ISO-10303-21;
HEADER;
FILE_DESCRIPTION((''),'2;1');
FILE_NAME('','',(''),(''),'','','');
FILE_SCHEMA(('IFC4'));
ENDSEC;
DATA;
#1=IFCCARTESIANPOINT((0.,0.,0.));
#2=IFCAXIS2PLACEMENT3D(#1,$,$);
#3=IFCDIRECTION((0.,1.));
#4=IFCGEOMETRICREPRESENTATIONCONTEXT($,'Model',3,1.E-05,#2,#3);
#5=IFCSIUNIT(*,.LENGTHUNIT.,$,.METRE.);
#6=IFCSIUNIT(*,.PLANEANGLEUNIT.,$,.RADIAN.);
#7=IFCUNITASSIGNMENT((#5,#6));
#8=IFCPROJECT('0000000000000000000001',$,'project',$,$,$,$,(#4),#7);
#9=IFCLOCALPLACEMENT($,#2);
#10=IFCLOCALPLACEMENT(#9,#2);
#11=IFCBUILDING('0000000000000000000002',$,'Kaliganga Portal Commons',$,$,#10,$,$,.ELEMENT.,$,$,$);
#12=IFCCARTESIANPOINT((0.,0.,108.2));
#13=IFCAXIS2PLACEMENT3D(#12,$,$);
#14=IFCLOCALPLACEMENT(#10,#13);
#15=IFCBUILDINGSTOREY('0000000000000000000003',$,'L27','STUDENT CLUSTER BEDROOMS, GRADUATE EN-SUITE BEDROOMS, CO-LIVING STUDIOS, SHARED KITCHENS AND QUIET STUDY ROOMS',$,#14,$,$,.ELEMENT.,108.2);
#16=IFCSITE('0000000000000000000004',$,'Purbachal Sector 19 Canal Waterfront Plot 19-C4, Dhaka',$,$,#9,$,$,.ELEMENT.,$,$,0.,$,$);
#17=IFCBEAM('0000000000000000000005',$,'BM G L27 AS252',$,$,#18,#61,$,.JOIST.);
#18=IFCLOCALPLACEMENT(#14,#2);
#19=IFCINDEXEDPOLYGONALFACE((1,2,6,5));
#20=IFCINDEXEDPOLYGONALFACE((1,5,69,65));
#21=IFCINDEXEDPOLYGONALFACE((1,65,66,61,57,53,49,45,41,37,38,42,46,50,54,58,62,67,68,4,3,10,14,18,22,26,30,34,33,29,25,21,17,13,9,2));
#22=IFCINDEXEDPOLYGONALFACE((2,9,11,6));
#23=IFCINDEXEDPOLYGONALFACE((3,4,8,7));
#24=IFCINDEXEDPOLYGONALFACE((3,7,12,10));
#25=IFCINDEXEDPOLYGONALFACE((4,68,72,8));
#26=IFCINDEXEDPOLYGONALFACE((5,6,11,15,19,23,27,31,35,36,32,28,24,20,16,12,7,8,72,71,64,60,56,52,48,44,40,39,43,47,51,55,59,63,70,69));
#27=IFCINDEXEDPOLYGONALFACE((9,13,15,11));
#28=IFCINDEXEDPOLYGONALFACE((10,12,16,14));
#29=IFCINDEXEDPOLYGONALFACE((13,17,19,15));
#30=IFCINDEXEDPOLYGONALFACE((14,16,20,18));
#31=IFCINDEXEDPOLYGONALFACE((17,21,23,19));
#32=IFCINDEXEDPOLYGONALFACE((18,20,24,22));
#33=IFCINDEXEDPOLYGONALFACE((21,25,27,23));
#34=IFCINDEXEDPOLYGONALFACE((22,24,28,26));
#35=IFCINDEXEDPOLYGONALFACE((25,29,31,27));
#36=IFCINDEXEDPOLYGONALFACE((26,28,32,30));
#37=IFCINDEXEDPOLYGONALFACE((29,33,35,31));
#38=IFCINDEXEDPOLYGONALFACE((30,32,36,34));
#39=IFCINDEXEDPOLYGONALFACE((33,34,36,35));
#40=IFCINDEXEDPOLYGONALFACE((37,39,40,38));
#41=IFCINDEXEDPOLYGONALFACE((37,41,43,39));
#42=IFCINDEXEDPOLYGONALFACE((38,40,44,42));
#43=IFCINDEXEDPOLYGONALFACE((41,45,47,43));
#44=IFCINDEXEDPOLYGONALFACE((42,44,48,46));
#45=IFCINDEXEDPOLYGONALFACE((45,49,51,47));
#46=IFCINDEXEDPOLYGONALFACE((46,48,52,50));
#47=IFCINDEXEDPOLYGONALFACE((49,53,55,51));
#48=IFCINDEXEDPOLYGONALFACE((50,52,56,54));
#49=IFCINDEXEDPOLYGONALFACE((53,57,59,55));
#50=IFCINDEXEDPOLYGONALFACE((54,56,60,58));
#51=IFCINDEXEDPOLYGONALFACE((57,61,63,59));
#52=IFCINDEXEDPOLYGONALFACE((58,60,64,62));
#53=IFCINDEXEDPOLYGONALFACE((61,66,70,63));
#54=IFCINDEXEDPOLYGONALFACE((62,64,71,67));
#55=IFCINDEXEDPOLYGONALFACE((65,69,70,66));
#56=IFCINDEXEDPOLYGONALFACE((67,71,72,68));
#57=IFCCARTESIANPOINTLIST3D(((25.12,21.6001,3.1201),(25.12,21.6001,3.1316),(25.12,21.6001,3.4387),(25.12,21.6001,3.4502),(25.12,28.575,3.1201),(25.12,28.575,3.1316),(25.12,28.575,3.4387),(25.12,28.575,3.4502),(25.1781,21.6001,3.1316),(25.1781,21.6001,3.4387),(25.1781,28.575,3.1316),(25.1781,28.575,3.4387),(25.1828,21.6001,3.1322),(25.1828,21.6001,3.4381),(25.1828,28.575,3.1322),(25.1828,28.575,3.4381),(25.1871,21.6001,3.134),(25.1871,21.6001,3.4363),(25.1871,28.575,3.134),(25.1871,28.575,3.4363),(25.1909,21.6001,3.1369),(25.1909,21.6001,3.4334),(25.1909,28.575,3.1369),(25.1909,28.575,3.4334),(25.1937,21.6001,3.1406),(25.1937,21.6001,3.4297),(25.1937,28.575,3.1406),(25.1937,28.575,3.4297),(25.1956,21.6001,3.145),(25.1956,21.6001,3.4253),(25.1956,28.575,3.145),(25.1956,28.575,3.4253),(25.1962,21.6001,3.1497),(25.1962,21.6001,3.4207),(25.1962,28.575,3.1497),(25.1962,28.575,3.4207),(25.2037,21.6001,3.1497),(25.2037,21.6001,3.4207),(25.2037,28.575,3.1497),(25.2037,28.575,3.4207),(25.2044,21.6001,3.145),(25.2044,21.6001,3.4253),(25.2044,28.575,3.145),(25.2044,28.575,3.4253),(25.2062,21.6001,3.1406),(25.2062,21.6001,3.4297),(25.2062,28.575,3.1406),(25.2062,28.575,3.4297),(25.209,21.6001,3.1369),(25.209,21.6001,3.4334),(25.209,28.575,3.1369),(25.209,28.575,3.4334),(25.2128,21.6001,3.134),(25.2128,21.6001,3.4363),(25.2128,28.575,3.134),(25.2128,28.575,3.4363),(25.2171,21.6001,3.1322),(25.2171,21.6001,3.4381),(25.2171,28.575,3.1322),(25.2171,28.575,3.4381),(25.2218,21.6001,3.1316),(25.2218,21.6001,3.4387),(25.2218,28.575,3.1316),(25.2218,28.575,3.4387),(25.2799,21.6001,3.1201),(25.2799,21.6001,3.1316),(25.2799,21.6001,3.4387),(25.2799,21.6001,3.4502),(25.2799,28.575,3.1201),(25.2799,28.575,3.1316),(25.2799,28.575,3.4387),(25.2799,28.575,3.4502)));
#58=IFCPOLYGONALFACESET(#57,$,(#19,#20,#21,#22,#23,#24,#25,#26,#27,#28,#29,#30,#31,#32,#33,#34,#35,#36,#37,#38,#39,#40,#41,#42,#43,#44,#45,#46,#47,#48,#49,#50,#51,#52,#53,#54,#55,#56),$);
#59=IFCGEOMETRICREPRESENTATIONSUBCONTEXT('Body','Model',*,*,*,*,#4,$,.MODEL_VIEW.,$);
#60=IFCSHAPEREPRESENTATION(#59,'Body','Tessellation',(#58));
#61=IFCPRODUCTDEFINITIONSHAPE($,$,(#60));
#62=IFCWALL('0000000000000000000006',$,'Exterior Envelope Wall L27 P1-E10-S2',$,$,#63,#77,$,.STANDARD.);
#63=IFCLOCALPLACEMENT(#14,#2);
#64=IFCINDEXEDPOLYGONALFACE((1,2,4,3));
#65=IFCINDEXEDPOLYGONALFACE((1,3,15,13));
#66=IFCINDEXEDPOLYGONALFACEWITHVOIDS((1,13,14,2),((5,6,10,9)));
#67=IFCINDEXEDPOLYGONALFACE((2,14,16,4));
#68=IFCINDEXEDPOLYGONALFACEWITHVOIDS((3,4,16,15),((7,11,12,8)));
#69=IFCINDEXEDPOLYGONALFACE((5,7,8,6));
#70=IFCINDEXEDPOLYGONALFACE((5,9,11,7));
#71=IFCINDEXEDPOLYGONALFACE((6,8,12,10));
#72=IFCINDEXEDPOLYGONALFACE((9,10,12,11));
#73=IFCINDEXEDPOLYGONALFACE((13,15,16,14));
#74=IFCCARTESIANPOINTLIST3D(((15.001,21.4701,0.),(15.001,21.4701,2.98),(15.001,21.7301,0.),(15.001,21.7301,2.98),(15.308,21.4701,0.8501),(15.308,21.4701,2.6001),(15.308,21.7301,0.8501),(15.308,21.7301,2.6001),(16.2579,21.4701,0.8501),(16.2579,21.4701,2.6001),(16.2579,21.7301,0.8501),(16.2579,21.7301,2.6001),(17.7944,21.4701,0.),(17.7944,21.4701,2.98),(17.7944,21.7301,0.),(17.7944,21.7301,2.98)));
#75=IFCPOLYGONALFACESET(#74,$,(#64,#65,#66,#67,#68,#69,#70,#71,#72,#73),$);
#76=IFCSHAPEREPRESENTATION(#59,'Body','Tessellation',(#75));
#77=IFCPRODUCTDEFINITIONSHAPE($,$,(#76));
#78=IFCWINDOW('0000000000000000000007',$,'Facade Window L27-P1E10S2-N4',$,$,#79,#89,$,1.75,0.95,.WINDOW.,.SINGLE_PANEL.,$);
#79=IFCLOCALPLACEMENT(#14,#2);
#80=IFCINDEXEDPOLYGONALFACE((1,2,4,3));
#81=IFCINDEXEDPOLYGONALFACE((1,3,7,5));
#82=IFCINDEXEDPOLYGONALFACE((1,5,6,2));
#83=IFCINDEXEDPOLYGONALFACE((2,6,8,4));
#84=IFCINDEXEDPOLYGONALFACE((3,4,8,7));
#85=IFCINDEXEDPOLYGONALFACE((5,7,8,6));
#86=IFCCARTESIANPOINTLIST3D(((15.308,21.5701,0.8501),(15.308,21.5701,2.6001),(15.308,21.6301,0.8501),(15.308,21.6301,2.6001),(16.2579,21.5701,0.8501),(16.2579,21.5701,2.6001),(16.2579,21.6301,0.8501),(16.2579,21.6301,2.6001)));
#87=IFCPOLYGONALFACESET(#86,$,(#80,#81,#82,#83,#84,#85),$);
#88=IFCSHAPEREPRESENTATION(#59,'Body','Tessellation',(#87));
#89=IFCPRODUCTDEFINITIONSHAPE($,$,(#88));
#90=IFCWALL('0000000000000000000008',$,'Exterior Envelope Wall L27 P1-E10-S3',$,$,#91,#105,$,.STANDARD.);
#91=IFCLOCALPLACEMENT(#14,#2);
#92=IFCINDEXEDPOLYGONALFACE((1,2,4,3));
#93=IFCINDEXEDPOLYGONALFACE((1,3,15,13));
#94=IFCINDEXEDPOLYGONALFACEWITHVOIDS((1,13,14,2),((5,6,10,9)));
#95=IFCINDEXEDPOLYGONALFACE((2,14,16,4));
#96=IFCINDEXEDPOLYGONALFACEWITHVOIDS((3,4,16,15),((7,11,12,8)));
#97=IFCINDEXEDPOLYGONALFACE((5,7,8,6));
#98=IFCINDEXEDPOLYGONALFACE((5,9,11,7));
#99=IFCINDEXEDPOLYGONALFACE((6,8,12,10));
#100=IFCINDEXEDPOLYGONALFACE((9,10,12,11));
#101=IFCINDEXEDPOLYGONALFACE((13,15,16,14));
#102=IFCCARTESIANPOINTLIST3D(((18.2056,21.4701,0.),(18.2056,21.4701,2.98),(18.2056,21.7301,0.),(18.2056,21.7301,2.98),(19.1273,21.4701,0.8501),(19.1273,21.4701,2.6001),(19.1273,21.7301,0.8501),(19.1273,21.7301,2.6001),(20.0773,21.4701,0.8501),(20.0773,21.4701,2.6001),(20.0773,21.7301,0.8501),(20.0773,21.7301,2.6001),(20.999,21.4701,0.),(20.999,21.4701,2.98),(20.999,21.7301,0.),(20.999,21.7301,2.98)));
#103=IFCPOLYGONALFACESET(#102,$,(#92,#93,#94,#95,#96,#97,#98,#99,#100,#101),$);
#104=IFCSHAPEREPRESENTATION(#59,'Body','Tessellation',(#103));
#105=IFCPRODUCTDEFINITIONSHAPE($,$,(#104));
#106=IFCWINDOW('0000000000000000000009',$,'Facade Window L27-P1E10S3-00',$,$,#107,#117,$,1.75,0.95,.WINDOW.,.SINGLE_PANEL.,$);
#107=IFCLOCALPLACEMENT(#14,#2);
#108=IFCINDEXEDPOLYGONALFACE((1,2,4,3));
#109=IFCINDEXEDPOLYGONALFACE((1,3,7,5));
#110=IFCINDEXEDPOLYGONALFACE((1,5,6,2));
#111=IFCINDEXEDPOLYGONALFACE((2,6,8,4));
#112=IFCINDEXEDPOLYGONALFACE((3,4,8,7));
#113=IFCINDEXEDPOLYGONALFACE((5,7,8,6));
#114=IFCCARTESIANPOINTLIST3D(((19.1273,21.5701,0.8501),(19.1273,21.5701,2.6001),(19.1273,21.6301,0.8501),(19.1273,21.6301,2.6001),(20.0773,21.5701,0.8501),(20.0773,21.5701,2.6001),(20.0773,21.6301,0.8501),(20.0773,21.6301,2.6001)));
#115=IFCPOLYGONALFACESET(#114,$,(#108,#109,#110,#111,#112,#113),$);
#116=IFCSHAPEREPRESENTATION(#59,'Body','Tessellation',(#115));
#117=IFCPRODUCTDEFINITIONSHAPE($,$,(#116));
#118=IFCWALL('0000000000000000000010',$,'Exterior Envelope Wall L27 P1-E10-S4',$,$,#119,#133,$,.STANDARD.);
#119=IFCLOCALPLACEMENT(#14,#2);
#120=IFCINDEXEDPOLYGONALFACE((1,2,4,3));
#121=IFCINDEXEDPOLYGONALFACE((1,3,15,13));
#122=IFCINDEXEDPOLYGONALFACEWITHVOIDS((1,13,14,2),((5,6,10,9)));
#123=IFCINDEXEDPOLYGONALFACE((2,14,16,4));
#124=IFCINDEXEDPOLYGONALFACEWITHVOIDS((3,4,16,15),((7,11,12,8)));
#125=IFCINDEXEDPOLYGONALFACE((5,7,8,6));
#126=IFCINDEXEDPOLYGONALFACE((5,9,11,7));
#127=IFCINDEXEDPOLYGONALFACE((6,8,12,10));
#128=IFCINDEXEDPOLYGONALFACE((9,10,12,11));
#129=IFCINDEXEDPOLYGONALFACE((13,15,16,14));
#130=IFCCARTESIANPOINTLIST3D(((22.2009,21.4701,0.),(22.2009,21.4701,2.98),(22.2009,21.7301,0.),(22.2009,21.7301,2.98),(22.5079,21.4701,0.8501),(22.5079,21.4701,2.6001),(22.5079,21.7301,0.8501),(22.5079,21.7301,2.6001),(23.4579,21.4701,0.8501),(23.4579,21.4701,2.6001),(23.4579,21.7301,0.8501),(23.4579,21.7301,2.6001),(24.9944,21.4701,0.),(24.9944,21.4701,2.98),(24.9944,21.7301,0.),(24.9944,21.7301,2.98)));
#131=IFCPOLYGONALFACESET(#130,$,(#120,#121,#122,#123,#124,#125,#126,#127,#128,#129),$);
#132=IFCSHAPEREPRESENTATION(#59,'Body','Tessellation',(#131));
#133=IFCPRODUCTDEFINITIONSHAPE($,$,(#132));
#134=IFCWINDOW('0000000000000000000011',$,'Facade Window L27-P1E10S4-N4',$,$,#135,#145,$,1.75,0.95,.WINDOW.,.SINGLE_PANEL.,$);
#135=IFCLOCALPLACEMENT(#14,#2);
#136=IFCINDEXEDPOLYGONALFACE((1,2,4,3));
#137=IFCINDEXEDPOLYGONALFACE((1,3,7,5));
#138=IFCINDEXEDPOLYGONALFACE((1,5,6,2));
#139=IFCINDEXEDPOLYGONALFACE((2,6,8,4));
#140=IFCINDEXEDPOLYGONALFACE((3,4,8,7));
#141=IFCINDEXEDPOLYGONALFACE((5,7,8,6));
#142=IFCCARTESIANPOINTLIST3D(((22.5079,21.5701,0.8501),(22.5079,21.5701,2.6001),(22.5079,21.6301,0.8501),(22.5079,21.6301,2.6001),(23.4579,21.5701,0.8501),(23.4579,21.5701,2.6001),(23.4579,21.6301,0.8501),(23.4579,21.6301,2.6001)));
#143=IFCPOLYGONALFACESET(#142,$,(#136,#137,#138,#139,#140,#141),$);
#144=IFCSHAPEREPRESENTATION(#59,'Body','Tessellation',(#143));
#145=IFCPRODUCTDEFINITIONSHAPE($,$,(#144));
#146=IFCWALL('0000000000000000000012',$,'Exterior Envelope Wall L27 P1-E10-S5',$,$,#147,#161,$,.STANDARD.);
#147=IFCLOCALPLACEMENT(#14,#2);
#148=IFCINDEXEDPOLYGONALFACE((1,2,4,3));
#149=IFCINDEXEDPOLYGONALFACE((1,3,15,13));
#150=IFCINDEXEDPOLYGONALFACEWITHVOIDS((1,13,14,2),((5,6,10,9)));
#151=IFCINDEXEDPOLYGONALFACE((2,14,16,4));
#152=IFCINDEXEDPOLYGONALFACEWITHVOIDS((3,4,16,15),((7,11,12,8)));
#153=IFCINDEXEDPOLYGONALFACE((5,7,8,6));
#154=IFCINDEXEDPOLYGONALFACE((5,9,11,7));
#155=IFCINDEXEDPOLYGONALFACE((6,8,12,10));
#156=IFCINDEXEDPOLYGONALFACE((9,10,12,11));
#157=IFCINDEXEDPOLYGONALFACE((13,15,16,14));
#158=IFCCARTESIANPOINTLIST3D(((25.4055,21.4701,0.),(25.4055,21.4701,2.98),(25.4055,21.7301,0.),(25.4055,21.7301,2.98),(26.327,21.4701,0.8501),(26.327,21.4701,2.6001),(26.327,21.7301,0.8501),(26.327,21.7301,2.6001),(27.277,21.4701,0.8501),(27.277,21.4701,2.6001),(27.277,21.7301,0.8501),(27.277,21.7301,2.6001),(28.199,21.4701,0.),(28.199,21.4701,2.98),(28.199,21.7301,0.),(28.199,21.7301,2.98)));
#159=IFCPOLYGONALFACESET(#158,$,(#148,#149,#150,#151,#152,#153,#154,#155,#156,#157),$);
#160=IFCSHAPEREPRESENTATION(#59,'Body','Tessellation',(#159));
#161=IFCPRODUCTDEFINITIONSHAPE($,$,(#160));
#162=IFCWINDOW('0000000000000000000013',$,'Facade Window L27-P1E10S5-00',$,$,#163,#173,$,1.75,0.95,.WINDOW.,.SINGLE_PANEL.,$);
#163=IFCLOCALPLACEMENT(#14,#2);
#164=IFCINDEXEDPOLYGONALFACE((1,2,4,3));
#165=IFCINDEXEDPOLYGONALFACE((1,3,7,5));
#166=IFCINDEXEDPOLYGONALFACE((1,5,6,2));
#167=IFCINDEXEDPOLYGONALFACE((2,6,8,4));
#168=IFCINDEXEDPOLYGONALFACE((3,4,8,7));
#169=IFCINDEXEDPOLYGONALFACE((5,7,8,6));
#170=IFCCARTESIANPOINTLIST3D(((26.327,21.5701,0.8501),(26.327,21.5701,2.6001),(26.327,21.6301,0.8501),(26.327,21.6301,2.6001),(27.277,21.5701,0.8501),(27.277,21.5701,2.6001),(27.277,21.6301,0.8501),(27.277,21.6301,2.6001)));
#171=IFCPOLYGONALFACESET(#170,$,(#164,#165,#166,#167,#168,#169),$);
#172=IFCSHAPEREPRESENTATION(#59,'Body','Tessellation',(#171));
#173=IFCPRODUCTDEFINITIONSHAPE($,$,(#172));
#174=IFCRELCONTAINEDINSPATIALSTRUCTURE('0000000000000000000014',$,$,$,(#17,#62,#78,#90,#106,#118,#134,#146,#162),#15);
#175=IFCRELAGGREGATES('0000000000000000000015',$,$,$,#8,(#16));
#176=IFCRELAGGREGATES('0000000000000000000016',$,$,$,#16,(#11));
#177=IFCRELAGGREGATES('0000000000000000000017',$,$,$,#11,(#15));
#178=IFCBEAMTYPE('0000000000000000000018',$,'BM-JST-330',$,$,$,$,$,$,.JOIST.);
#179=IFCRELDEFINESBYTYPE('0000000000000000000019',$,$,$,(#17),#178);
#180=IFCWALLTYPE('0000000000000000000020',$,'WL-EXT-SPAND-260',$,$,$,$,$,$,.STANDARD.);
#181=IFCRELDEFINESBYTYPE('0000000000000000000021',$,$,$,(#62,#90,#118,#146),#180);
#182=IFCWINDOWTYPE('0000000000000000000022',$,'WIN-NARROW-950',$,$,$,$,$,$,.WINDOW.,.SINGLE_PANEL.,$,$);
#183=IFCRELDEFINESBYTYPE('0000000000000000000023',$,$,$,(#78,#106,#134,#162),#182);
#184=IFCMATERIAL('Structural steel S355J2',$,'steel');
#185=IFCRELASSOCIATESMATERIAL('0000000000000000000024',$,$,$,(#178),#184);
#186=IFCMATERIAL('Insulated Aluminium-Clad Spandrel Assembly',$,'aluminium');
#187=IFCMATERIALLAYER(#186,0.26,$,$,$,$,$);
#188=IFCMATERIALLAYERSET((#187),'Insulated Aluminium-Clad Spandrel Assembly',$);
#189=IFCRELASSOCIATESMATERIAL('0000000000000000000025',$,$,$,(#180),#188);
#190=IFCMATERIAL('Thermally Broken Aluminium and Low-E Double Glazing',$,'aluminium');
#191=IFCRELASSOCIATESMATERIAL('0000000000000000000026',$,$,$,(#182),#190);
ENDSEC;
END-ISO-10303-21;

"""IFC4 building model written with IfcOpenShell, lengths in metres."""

from ifc_helpers import new_model, si_unit, direction, frame, frame_2d, origin, origin_2d, place, context, subcontext, project, spatial, rectangle, i_section, extrude, source, transform, mapped, material, layer, layer_set, material_profile, profile_set, type_object, element, fill, save


model = new_model("IFC4")

# Units and contexts
model_context = context("Model", 3, precision=1e-05, world=origin(), true_north=direction((0.0, 1.0)))
body_context = subcontext(model_context, "Body", "Model", "MODEL_VIEW")
ifc_project = project(units=[si_unit("LENGTHUNIT", "METRE"), si_unit("PLANEANGLEUNIT", "RADIAN")], contexts=[model_context])

# Site, building, storey
site_placement = place(None, origin())
site = spatial("IfcSite", under=ifc_project, at=site_placement, Name="Purbachal Sector 19 Canal Waterfront Plot 19-C4, Dhaka", CompositionType="ELEMENT", RefElevation=0.0)
building_placement = place(site_placement, origin())
building = spatial("IfcBuilding", under=site, at=building_placement, Name="Kaliganga Portal Commons", CompositionType="ELEMENT")
storey_placement = place(building_placement, frame((0.0, 0.0, 108.2)))
storey = spatial("IfcBuildingStorey", under=building, at=storey_placement, Name="L27", Description="STUDENT CLUSTER BEDROOMS, GRADUATE EN-SUITE BEDROOMS, CO-LIVING STUDIOS, SHARED KITCHENS AND QUIET STUDY ROOMS", CompositionType="ELEMENT", Elevation=108.2)

# Beam
ifc_material_1 = material(Name="Structural steel S355J2", Category="steel")
ifc_material_profile_1 = material_profile(ifc_material_1, i_section(OverallWidth=0.1599, OverallDepth=0.3301, WebThickness=0.0076, FlangeThickness=0.0115, FilletRadius=0.0181, at=origin_2d()), Name="IPE 330")
ifc_profile_set_1 = profile_set([ifc_material_profile_1], Name="Structural steel S355J2 wide-flange")
beam_type_1 = type_object("IfcBeamType", Name="BM-JST-330", PredefinedType="JOIST", material=ifc_profile_set_1)
shared_shape_1 = source(origin(), body_context, "Body", "SweptSolid", [
    extrude(i_section(OverallWidth=0.1599, OverallDepth=0.3301, WebThickness=0.0076, FlangeThickness=0.0115, FilletRadius=0.0181, at=origin_2d()), origin(), (0.0, 0.0, 1.0), 6.9749),
])
for number, where, z_axis, x_axis, name in (
    (1, (25.2, 21.6001, 3.2852), (0.0, 1.0, 0.0), (-1.0, 0.0, 0.0), "BM G L27 AS252"),
):
    element("IfcBeam", number, at=place(storey_placement, frame(where, z_axis=z_axis, x_axis=x_axis)), inside=storey, type_object=beam_type_1, Name=name, PredefinedType="JOIST", context=body_context, shape_type="MappedRepresentation", body=[
        mapped(shared_shape_1, transform((0.0, 0.0, 0.0), x_axis=(1.0, 0.0, 0.0), y_axis=(0.0, 1.0, 0.0), z_axis=(0.0, 0.0, 1.0), scale=1.0)),
    ])

# Walls, openings, windows
ifc_material_2 = material(Name="Insulated Aluminium-Clad Spandrel Assembly", Category="aluminium")
ifc_layer_1 = layer(ifc_material_2, 0.26)
ifc_layer_set_1 = layer_set([ifc_layer_1], Name="Insulated Aluminium-Clad Spandrel Assembly")
wall_type_1 = type_object("IfcWallType", Name="WL-EXT-SPAND-260", PredefinedType="STANDARD", material=ifc_layer_set_1)
wall_1_placement = place(storey_placement, frame((17.7944, 21.6001, 0.0), z_axis=(0.0, 0.0, 1.0), x_axis=(-1.0, 0.0, 0.0)))
wall_1 = element("IfcWall", 2, at=wall_1_placement, inside=storey, type_object=wall_type_1, Name="Exterior Envelope Wall L27 P1-E10-S2", PredefinedType="STANDARD", context=body_context, shape_type="SweptSolid", body=[
    extrude(rectangle(XDim=2.7935, YDim=0.26, at=frame_2d((1.3967, 0.0))), origin(), (0.0, 0.0, 1.0), 2.98),
])
opening_1_placement = place(wall_1_placement, frame((1.5364, 0.0, 0.8501)))
opening_1 = element("IfcOpeningElement", 3, at=opening_1_placement, cuts=wall_1, PredefinedType="OPENING", context=body_context, shape_type="SweptSolid", body=[
    extrude(rectangle(XDim=0.95, YDim=1.75, at=frame_2d((0.4751, 0.875))), frame((0.0, 0.1401, 0.0), z_axis=(0.0, -1.0, 0.0), x_axis=(1.0, 0.0, 0.0)), (0.0, 0.0, 1.0), 0.28),
])
ifc_material_3 = material(Name="Thermally Broken Aluminium and Low-E Double Glazing", Category="aluminium")
window_type = type_object("IfcWindowType", Name="WIN-NARROW-950", PartitioningType="SINGLE_PANEL", PredefinedType="WINDOW", material=ifc_material_3)
window_1_placement = place(opening_1_placement, origin())
window_1 = element("IfcWindow", 4, at=window_1_placement, inside=storey, type_object=window_type, Name="Facade Window L27-P1E10S2-N4", OverallHeight=1.75, OverallWidth=0.95, PartitioningType="SINGLE_PANEL", PredefinedType="WINDOW", context=body_context, shape_type="SweptSolid", body=[
    extrude(rectangle(XDim=0.95, YDim=1.75, at=frame_2d((0.4751, 0.875))), frame((0.0, 0.03, 0.0), z_axis=(0.0, -1.0, 0.0), x_axis=(1.0, 0.0, 0.0)), (0.0, 0.0, 1.0), 0.0601),
])
fill(opening_1, window_1)
wall_2_placement = place(storey_placement, frame((20.999, 21.6001, 0.0), z_axis=(0.0, 0.0, 1.0), x_axis=(-1.0, 0.0, 0.0)))
wall_2 = element("IfcWall", 5, at=wall_2_placement, inside=storey, type_object=wall_type_1, Name="Exterior Envelope Wall L27 P1-E10-S3", PredefinedType="STANDARD", context=body_context, shape_type="SweptSolid", body=[
    extrude(rectangle(XDim=2.7935, YDim=0.26, at=frame_2d((1.3967, 0.0))), origin(), (0.0, 0.0, 1.0), 2.98),
])
opening_2_placement = place(wall_2_placement, frame((0.9216, 0.0, 0.8501)))
opening_2 = element("IfcOpeningElement", 6, at=opening_2_placement, cuts=wall_2, PredefinedType="OPENING", context=body_context, shape_type="SweptSolid", body=[
    extrude(rectangle(XDim=0.95, YDim=1.75, at=frame_2d((0.4751, 0.875))), frame((0.0, 0.1401, 0.0), z_axis=(0.0, -1.0, 0.0), x_axis=(1.0, 0.0, 0.0)), (0.0, 0.0, 1.0), 0.28),
])
window_2_placement = place(opening_2_placement, origin())
window_2 = element("IfcWindow", 7, at=window_2_placement, inside=storey, type_object=window_type, Name="Facade Window L27-P1E10S3-00", OverallHeight=1.75, OverallWidth=0.95, PartitioningType="SINGLE_PANEL", PredefinedType="WINDOW", context=body_context, shape_type="SweptSolid", body=[
    extrude(rectangle(XDim=0.95, YDim=1.75, at=frame_2d((0.4751, 0.875))), frame((0.0, 0.03, 0.0), z_axis=(0.0, -1.0, 0.0), x_axis=(1.0, 0.0, 0.0)), (0.0, 0.0, 1.0), 0.0601),
])
fill(opening_2, window_2)
wall_3_placement = place(storey_placement, frame((24.9944, 21.6001, 0.0), z_axis=(0.0, 0.0, 1.0), x_axis=(-1.0, 0.0, 0.0)))
wall_3 = element("IfcWall", 8, at=wall_3_placement, inside=storey, type_object=wall_type_1, Name="Exterior Envelope Wall L27 P1-E10-S4", PredefinedType="STANDARD", context=body_context, shape_type="SweptSolid", body=[
    extrude(rectangle(XDim=2.7935, YDim=0.26, at=frame_2d((1.3967, 0.0))), origin(), (0.0, 0.0, 1.0), 2.98),
])
opening_3_placement = place(wall_3_placement, frame((1.5364, 0.0, 0.8501)))
opening_3 = element("IfcOpeningElement", 9, at=opening_3_placement, cuts=wall_3, PredefinedType="OPENING", context=body_context, shape_type="SweptSolid", body=[
    extrude(rectangle(XDim=0.95, YDim=1.75, at=frame_2d((0.4751, 0.875))), frame((0.0, 0.1401, 0.0), z_axis=(0.0, -1.0, 0.0), x_axis=(1.0, 0.0, 0.0)), (0.0, 0.0, 1.0), 0.28),
])
window_3_placement = place(opening_3_placement, origin())
window_3 = element("IfcWindow", 10, at=window_3_placement, inside=storey, type_object=window_type, Name="Facade Window L27-P1E10S4-N4", OverallHeight=1.75, OverallWidth=0.95, PartitioningType="SINGLE_PANEL", PredefinedType="WINDOW", context=body_context, shape_type="SweptSolid", body=[
    extrude(rectangle(XDim=0.95, YDim=1.75, at=frame_2d((0.4751, 0.875))), frame((0.0, 0.03, 0.0), z_axis=(0.0, -1.0, 0.0), x_axis=(1.0, 0.0, 0.0)), (0.0, 0.0, 1.0), 0.0601),
])
fill(opening_3, window_3)
wall_4_placement = place(storey_placement, frame((28.199, 21.6001, 0.0), z_axis=(0.0, 0.0, 1.0), x_axis=(-1.0, 0.0, 0.0)))
wall_4 = element("IfcWall", 11, at=wall_4_placement, inside=storey, type_object=wall_type_1, Name="Exterior Envelope Wall L27 P1-E10-S5", PredefinedType="STANDARD", context=body_context, shape_type="SweptSolid", body=[
    extrude(rectangle(XDim=2.7935, YDim=0.26, at=frame_2d((1.3967, 0.0))), origin(), (0.0, 0.0, 1.0), 2.98),
])
opening_4_placement = place(wall_4_placement, frame((0.9219, 0.0, 0.8501)))
opening_4 = element("IfcOpeningElement", 12, at=opening_4_placement, cuts=wall_4, PredefinedType="OPENING", context=body_context, shape_type="SweptSolid", body=[
    extrude(rectangle(XDim=0.95, YDim=1.75, at=frame_2d((0.4751, 0.875))), frame((0.0, 0.1401, 0.0), z_axis=(0.0, -1.0, 0.0), x_axis=(1.0, 0.0, 0.0)), (0.0, 0.0, 1.0), 0.28),
])
window_4_placement = place(opening_4_placement, origin())
window_4 = element("IfcWindow", 13, at=window_4_placement, inside=storey, type_object=window_type, Name="Facade Window L27-P1E10S5-00", OverallHeight=1.75, OverallWidth=0.95, PartitioningType="SINGLE_PANEL", PredefinedType="WINDOW", context=body_context, shape_type="SweptSolid", body=[
    extrude(rectangle(XDim=0.95, YDim=1.75, at=frame_2d((0.4751, 0.875))), frame((0.0, 0.03, 0.0), z_axis=(0.0, -1.0, 0.0), x_axis=(1.0, 0.0, 0.0)), (0.0, 0.0, 1.0), 0.0601),
])
fill(opening_4, window_4)

save(model, "model.ifc")
